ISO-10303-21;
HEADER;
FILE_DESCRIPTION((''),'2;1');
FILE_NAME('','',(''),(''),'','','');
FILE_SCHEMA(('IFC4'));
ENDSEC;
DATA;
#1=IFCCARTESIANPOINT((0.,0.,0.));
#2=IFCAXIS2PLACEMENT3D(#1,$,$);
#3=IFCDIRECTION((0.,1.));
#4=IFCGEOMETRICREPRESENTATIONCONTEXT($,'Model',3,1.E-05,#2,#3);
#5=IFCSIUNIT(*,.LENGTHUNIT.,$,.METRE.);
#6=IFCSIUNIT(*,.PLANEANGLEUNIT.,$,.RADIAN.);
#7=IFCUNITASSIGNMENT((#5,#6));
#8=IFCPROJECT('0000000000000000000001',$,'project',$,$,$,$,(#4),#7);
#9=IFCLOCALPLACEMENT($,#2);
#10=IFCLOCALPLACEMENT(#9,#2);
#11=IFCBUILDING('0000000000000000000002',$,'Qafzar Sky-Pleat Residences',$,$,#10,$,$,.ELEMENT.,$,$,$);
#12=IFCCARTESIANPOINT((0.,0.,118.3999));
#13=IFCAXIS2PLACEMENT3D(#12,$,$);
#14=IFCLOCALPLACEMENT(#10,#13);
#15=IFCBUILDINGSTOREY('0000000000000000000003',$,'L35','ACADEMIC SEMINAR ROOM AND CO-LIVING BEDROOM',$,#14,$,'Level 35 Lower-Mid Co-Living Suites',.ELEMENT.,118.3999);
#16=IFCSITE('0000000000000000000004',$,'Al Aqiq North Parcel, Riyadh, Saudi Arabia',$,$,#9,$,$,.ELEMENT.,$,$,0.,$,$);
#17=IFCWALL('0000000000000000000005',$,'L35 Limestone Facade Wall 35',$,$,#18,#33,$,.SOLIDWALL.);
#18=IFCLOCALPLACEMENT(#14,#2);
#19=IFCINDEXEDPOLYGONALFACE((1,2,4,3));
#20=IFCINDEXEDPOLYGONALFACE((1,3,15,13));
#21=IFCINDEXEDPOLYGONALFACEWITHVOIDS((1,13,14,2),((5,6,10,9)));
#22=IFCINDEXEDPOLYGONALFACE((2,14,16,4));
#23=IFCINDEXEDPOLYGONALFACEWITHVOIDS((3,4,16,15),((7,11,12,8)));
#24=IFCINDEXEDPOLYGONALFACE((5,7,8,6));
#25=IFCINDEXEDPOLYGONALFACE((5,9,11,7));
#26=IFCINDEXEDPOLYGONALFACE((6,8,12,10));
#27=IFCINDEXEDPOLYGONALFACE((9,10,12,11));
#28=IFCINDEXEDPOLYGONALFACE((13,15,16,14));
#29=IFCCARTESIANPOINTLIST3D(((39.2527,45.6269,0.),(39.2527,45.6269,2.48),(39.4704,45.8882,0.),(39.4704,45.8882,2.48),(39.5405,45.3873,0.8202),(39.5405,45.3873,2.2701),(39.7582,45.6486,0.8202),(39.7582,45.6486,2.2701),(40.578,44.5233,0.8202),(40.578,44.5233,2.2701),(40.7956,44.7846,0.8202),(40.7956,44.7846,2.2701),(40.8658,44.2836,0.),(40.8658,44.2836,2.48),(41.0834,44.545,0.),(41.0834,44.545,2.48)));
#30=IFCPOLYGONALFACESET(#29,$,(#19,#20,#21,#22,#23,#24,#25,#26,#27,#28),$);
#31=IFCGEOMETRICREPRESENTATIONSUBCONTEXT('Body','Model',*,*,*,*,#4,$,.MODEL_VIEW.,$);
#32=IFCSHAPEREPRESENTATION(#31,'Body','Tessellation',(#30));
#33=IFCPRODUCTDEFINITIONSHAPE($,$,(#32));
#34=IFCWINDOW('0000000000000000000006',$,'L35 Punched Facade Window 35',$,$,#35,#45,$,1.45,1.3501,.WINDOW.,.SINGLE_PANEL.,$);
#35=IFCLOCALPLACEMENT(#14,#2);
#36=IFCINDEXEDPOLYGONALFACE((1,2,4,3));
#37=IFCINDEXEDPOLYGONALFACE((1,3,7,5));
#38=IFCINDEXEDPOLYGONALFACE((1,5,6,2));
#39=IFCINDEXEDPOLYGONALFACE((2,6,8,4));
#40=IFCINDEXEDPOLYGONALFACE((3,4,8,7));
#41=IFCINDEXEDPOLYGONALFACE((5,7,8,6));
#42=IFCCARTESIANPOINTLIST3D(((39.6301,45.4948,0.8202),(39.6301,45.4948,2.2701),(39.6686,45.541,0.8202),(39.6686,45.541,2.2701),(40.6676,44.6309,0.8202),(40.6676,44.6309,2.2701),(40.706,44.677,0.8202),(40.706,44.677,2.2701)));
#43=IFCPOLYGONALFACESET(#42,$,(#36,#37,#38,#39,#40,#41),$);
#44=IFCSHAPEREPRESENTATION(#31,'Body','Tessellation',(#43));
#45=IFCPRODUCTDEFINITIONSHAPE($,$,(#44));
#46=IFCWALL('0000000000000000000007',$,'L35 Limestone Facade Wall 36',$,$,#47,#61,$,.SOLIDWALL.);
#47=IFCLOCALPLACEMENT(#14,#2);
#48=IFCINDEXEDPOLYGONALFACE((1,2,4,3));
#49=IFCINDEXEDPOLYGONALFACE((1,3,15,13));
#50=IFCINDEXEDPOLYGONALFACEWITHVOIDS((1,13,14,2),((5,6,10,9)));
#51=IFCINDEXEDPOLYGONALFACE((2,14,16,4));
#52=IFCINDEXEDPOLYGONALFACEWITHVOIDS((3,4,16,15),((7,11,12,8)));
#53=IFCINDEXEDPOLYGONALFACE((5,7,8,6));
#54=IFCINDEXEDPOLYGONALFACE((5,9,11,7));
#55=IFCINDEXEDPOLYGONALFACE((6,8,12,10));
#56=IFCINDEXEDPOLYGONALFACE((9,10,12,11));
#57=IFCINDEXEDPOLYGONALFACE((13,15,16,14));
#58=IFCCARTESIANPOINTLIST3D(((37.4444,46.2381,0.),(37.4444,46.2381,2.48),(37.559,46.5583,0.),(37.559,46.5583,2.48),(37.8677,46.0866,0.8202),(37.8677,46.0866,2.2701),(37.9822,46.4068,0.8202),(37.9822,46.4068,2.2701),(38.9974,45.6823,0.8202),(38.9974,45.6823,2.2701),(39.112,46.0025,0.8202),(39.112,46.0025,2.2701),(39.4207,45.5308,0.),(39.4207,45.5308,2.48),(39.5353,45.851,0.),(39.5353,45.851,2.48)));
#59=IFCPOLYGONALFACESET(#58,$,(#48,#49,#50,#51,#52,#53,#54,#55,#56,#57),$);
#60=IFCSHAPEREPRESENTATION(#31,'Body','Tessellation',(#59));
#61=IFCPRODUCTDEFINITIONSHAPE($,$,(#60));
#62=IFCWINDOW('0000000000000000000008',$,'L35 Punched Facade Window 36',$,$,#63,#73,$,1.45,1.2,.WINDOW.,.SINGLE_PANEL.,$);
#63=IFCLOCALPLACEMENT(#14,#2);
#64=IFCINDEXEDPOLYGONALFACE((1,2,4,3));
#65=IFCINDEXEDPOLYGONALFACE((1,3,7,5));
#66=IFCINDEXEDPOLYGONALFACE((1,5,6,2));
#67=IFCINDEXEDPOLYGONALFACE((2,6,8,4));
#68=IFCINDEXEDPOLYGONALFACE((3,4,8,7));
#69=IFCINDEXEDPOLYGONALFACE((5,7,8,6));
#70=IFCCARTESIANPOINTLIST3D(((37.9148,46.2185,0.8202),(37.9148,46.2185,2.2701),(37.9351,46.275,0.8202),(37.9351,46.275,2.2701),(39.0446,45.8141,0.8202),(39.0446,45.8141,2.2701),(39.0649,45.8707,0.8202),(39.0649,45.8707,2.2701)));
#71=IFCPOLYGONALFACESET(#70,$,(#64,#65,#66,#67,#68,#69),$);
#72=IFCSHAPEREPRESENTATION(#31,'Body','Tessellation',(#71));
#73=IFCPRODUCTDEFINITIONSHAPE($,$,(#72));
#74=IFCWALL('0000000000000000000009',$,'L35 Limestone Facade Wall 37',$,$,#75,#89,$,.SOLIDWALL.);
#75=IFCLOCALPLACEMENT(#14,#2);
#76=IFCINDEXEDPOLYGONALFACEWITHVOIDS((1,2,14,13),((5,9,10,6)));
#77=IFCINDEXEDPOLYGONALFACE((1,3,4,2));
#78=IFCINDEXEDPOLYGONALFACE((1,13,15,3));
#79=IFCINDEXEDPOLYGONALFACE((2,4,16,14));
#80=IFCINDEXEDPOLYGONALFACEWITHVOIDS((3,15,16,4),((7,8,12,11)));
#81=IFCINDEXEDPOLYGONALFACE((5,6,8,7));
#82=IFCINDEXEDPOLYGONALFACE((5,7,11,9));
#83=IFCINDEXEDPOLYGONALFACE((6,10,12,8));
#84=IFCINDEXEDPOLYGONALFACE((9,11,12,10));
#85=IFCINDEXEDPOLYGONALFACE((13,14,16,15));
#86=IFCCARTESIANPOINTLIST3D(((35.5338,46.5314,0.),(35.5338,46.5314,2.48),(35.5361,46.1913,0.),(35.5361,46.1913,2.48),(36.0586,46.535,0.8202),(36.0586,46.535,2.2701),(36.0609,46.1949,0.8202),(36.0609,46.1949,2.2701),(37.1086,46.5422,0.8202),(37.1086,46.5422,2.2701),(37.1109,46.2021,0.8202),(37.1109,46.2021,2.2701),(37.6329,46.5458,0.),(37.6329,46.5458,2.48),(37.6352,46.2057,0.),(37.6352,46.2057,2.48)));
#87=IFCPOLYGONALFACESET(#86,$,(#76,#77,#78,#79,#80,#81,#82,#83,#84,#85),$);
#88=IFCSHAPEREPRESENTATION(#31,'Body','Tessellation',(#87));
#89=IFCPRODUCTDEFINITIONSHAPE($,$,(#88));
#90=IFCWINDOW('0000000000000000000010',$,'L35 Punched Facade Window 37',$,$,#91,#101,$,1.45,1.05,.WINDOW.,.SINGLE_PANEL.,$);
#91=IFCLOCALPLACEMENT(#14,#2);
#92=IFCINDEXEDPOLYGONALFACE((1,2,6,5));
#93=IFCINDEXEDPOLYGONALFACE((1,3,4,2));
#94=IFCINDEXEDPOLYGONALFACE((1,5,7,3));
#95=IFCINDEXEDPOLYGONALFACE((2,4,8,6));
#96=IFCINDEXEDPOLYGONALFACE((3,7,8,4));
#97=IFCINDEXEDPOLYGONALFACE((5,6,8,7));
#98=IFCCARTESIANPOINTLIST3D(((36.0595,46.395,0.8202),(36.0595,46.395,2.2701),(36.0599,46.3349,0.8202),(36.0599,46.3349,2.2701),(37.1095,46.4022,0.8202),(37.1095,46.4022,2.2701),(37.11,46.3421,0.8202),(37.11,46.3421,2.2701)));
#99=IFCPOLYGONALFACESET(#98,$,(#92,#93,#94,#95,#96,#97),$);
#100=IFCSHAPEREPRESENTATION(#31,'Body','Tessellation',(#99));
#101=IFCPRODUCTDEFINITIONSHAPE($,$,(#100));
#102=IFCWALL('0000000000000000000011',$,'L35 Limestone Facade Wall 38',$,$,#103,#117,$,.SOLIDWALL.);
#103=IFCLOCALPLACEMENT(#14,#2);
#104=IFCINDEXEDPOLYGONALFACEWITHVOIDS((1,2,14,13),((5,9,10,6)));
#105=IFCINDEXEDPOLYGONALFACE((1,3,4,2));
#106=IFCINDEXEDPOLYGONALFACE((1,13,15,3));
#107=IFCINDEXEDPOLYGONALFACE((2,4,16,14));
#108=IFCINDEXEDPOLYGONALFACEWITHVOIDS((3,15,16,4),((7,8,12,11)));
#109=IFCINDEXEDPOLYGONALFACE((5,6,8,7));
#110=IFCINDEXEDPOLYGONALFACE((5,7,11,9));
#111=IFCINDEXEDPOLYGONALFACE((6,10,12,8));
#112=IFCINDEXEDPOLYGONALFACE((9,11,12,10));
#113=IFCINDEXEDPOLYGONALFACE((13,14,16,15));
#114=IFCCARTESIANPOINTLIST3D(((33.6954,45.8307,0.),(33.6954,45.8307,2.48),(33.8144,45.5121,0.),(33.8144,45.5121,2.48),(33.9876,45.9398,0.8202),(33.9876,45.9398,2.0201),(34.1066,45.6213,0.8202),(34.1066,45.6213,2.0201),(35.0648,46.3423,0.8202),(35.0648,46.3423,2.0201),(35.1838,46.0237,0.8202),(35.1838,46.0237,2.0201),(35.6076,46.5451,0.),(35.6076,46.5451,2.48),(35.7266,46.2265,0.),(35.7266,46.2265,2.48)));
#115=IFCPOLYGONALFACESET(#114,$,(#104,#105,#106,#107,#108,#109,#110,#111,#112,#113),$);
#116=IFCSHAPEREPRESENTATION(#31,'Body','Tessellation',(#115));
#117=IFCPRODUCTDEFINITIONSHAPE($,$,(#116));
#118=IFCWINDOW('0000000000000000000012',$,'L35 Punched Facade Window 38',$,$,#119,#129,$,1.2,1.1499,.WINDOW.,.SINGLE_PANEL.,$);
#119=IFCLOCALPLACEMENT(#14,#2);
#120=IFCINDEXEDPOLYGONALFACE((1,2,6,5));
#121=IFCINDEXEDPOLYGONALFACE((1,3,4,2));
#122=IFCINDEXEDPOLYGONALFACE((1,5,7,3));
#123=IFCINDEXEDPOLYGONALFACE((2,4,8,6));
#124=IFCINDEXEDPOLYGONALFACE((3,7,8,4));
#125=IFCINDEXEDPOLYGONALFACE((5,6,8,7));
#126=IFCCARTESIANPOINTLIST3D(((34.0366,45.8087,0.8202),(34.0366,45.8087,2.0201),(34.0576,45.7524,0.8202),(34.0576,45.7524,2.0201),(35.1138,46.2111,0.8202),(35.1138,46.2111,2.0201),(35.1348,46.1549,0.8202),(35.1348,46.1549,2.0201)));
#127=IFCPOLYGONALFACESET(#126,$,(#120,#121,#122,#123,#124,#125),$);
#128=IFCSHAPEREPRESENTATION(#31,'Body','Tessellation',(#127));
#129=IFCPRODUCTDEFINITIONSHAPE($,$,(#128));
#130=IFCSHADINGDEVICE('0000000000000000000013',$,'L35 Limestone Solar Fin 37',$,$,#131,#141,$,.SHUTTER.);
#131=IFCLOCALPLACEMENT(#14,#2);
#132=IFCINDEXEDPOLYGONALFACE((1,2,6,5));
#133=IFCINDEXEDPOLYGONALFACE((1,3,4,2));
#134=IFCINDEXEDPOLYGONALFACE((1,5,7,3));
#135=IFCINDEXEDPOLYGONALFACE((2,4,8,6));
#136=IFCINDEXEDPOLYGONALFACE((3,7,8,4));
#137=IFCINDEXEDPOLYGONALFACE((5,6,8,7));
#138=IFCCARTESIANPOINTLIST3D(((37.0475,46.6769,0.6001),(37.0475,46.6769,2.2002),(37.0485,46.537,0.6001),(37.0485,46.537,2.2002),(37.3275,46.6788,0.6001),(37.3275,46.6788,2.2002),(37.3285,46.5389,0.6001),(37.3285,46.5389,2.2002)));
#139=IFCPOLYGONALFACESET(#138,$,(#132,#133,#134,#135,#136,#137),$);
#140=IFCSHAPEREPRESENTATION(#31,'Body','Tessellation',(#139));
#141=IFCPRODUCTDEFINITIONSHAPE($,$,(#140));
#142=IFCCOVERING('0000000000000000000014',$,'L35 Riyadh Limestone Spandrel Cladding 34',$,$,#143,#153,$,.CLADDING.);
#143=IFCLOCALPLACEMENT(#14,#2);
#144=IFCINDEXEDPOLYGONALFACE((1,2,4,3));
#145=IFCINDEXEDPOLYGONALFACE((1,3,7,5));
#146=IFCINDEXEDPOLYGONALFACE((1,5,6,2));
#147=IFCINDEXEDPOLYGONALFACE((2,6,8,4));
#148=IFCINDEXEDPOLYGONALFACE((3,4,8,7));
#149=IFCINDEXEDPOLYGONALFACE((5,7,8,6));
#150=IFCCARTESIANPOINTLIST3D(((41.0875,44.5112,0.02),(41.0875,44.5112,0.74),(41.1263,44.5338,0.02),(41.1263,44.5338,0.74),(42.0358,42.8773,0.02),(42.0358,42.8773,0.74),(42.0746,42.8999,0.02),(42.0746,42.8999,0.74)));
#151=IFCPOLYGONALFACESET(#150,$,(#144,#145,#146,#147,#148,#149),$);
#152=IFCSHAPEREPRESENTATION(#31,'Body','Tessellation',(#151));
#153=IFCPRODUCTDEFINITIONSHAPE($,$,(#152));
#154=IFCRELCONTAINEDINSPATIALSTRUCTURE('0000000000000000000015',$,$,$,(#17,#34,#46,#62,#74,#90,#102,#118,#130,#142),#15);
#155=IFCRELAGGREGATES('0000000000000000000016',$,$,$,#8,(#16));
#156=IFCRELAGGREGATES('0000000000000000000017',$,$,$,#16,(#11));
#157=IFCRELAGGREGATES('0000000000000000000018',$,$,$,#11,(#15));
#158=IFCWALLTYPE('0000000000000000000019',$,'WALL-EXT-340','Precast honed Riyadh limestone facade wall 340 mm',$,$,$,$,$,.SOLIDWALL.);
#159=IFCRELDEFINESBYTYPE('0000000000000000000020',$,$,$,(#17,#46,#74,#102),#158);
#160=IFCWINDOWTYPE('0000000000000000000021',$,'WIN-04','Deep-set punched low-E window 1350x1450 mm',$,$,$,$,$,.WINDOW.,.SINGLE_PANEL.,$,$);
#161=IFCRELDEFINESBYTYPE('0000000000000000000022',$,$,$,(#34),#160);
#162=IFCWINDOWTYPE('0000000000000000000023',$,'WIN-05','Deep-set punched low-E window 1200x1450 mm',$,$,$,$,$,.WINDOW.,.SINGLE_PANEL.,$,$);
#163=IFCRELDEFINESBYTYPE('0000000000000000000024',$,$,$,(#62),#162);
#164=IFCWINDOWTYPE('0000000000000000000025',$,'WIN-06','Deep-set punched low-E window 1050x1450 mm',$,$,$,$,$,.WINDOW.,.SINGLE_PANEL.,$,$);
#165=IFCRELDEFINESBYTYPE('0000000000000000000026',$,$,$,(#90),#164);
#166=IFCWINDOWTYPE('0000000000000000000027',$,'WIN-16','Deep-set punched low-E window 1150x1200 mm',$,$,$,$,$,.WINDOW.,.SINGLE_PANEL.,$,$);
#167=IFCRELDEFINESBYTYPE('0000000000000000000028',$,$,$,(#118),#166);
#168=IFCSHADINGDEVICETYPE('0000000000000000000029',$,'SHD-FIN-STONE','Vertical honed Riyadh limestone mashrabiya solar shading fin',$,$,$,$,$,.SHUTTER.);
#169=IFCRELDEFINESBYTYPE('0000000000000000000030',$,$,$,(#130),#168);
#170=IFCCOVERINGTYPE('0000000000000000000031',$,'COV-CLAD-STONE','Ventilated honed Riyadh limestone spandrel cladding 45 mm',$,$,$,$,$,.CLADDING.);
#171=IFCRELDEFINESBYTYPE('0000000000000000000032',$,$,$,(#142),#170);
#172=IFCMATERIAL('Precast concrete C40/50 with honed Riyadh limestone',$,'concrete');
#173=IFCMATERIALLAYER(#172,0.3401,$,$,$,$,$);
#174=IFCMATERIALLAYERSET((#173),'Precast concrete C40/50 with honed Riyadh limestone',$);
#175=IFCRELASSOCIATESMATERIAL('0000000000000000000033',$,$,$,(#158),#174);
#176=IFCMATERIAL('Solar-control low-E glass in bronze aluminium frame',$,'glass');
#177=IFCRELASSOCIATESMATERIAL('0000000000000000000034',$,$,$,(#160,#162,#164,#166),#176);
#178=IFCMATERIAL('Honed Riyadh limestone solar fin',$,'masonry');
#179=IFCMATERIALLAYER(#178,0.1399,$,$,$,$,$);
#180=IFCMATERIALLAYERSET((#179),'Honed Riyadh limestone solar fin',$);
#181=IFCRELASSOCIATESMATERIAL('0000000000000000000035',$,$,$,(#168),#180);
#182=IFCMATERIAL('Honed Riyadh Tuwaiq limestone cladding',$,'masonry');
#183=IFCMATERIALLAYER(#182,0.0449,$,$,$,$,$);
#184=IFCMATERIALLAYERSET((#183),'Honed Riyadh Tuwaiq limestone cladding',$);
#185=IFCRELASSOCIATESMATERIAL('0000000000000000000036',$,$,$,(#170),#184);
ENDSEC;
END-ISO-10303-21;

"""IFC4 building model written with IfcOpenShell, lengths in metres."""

from ifc_helpers import new_model, si_unit, direction, frame, frame_2d, origin, origin_2d, place, context, subcontext, project, spatial, rectangle, extrude, source, transform, mapped, material, layer, layer_set, type_object, element, fill, save


model = new_model("IFC4")

# Units and contexts
model_context = context("Model", 3, precision=1e-05, world=origin(), true_north=direction((0.0, 1.0)))
body_context = subcontext(model_context, "Body", "Model", "MODEL_VIEW")
ifc_project = project(units=[si_unit("LENGTHUNIT", "METRE"), si_unit("PLANEANGLEUNIT", "RADIAN")], contexts=[model_context])

# Site, building, storey
site_placement = place(None, origin())
site = spatial("IfcSite", under=ifc_project, at=site_placement, Name="Al Aqiq North Parcel, Riyadh, Saudi Arabia", CompositionType="ELEMENT", RefElevation=0.0)
building_placement = place(site_placement, origin())
building = spatial("IfcBuilding", under=site, at=building_placement, Name="Qafzar Sky-Pleat Residences", CompositionType="ELEMENT")
storey_placement = place(building_placement, frame((0.0, 0.0, 118.3999)))
storey = spatial("IfcBuildingStorey", under=building, at=storey_placement, Name="L35", Description="ACADEMIC SEMINAR ROOM AND CO-LIVING BEDROOM", LongName="Level 35 Lower-Mid Co-Living Suites", CompositionType="ELEMENT", Elevation=118.3999)

# Shared definitions
ifc_material_1 = material(Name="Precast concrete C40/50 with honed Riyadh limestone", Category="concrete")
ifc_layer_1 = layer(ifc_material_1, 0.3401)
ifc_layer_set_1 = layer_set([ifc_layer_1], Name="Precast concrete C40/50 with honed Riyadh limestone")
wall_type_1 = type_object("IfcWallType", Name="WALL-EXT-340", Description="Precast honed Riyadh limestone facade wall 340 mm", PredefinedType="SOLIDWALL", material=ifc_layer_set_1)
ifc_material_2 = material(Name="Solar-control low-E glass in bronze aluminium frame", Category="glass")

# Walls, openings, windows
wall_1_placement = place(storey_placement, frame((40.9746, 44.4143, 0.0), z_axis=(0.0, 0.0, 1.0), x_axis=(-0.768441, 0.639921, 0.0)))
wall_1 = element("IfcWall", 1, at=wall_1_placement, inside=storey, type_object=wall_type_1, Name="L35 Limestone Facade Wall 35", PredefinedType="SOLIDWALL", context=body_context, shape_type="SweptSolid", body=[
    extrude(rectangle(XDim=2.0991, YDim=0.3401, at=frame_2d((1.0496, 0.0))), origin(), (0.0, 0.0, 1.0), 2.48),
])
opening_1_placement = place(wall_1_placement, frame((0.3745, 0.0, 0.8201)))
opening_1 = element("IfcOpeningElement", 2, at=opening_1_placement, cuts=wall_1, PredefinedType="OPENING", context=body_context, shape_type="SweptSolid", body=[
    extrude(rectangle(XDim=1.3501, YDim=1.45, at=frame_2d((0.675, 0.7251))), frame((0.0, 0.1802, 0.0), z_axis=(0.0, -1.0, 0.0), x_axis=(1.0, 0.0, 0.0)), (0.0, 0.0, 1.0), 0.3601),
])
window_type_1 = type_object("IfcWindowType", Name="WIN-04", Description="Deep-set punched low-E window 1350x1450 mm", PartitioningType="SINGLE_PANEL", PredefinedType="WINDOW", material=ifc_material_2)
shared_shape_1 = source(origin(), body_context, "Body", "SweptSolid", [
    extrude(rectangle(XDim=1.3501, YDim=1.45, at=frame_2d((0.675, 0.7251))), frame((0.0, 0.03, 0.0), z_axis=(0.0, -1.0, 0.0), x_axis=(1.0, 0.0, 0.0)), (0.0, 0.0, 1.0), 0.0601),
])
window_1_placement = place(opening_1_placement, origin())
window_1 = element("IfcWindow", 3, at=window_1_placement, inside=storey, type_object=window_type_1, Name="L35 Punched Facade Window 35", OverallHeight=1.45, OverallWidth=1.3501, PartitioningType="SINGLE_PANEL", PredefinedType="WINDOW", context=body_context, shape_type="MappedRepresentation", body=[
    mapped(shared_shape_1, transform((0.0, 0.0, 0.0), x_axis=(1.0, 0.0, 0.0), y_axis=(0.0, 1.0, 0.0), z_axis=(0.0, 0.0, 1.0), scale=1.0)),
])
fill(opening_1, window_1)
wall_2_placement = place(storey_placement, frame((39.478, 45.6909, 0.0), z_axis=(0.0, 0.0, 1.0), x_axis=(-0.941523, 0.336948, 0.0)))
wall_2 = element("IfcWall", 4, at=wall_2_placement, inside=storey, type_object=wall_type_1, Name="L35 Limestone Facade Wall 36", PredefinedType="SOLIDWALL", context=body_context, shape_type="SweptSolid", body=[
    extrude(rectangle(XDim=2.0991, YDim=0.3401, at=frame_2d((1.0496, 0.0))), origin(), (0.0, 0.0, 1.0), 2.48),
])
opening_2_placement = place(wall_2_placement, frame((0.4495, 0.0, 0.8201)))
opening_2 = element("IfcOpeningElement", 5, at=opening_2_placement, cuts=wall_2, PredefinedType="OPENING", context=body_context, shape_type="SweptSolid", body=[
    extrude(rectangle(XDim=1.2, YDim=1.45, at=frame_2d((0.6001, 0.7251))), frame((0.0, 0.1802, 0.0), z_axis=(0.0, -1.0, 0.0), x_axis=(1.0, 0.0, 0.0)), (0.0, 0.0, 1.0), 0.3601),
])
window_type_2 = type_object("IfcWindowType", Name="WIN-05", Description="Deep-set punched low-E window 1200x1450 mm", PartitioningType="SINGLE_PANEL", PredefinedType="WINDOW", material=ifc_material_2)
shared_shape_2 = source(origin(), body_context, "Body", "SweptSolid", [
    extrude(rectangle(XDim=1.2, YDim=1.45, at=frame_2d((0.6001, 0.7251))), frame((0.0, 0.03, 0.0), z_axis=(0.0, -1.0, 0.0), x_axis=(1.0, 0.0, 0.0)), (0.0, 0.0, 1.0), 0.0601),
])
window_2_placement = place(opening_2_placement, origin())
window_2 = element("IfcWindow", 6, at=window_2_placement, inside=storey, type_object=window_type_2, Name="L35 Punched Facade Window 36", OverallHeight=1.45, OverallWidth=1.2, PartitioningType="SINGLE_PANEL", PredefinedType="WINDOW", context=body_context, shape_type="MappedRepresentation", body=[
    mapped(shared_shape_2, transform((0.0, 0.0, 0.0), x_axis=(1.0, 0.0, 0.0), y_axis=(0.0, 1.0, 0.0), z_axis=(0.0, 0.0, 1.0), scale=1.0)),
])
fill(opening_2, window_2)
wall_3_placement = place(storey_placement, frame((37.634, 46.3757, 0.0), z_axis=(0.0, 0.0, 1.0), x_axis=(-0.999976, -0.006862, 0.0)))
wall_3 = element("IfcWall", 7, at=wall_3_placement, inside=storey, type_object=wall_type_1, Name="L35 Limestone Facade Wall 37", PredefinedType="SOLIDWALL", context=body_context, shape_type="SweptSolid", body=[
    extrude(rectangle(XDim=2.0991, YDim=0.3401, at=frame_2d((1.0496, 0.0))), origin(), (0.0, 0.0, 1.0), 2.48),
])
opening_3_placement = place(wall_3_placement, frame((0.5244, 0.0, 0.8201)))
opening_3 = element("IfcOpeningElement", 8, at=opening_3_placement, cuts=wall_3, PredefinedType="OPENING", context=body_context, shape_type="SweptSolid", body=[
    extrude(rectangle(XDim=1.05, YDim=1.45, at=frame_2d((0.5249, 0.7251))), frame((0.0, 0.1802, 0.0), z_axis=(0.0, -1.0, 0.0), x_axis=(1.0, 0.0, 0.0)), (0.0, 0.0, 1.0), 0.3601),
])
window_type_3 = type_object("IfcWindowType", Name="WIN-06", Description="Deep-set punched low-E window 1050x1450 mm", PartitioningType="SINGLE_PANEL", PredefinedType="WINDOW", material=ifc_material_2)
shared_shape_3 = source(origin(), body_context, "Body", "SweptSolid", [
    extrude(rectangle(XDim=1.05, YDim=1.45, at=frame_2d((0.5249, 0.7251))), frame((0.0, 0.03, 0.0), z_axis=(0.0, -1.0, 0.0), x_axis=(1.0, 0.0, 0.0)), (0.0, 0.0, 1.0), 0.0601),
])
window_3_placement = place(opening_3_placement, origin())
window_3 = element("IfcWindow", 9, at=window_3_placement, inside=storey, type_object=window_type_3, Name="L35 Punched Facade Window 37", OverallHeight=1.45, OverallWidth=1.05, PartitioningType="SINGLE_PANEL", PredefinedType="WINDOW", context=body_context, shape_type="MappedRepresentation", body=[
    mapped(shared_shape_3, transform((0.0, 0.0, 0.0), x_axis=(1.0, 0.0, 0.0), y_axis=(0.0, 1.0, 0.0), z_axis=(0.0, 0.0, 1.0), scale=1.0)),
])
fill(opening_3, window_3)
wall_4_placement = place(storey_placement, frame((35.667, 46.3857, 0.0), z_axis=(0.0, 0.0, 1.0), x_axis=(-0.936761, -0.34997, 0.0)))
wall_4 = element("IfcWall", 10, at=wall_4_placement, inside=storey, type_object=wall_type_1, Name="L35 Limestone Facade Wall 38", PredefinedType="SOLIDWALL", context=body_context, shape_type="SweptSolid", body=[
    extrude(rectangle(XDim=2.0413, YDim=0.3401, at=frame_2d((1.0205, 0.0))), origin(), (0.0, 0.0, 1.0), 2.48),
])
opening_4_placement = place(wall_4_placement, frame((0.5793, 0.0, 0.8201)))
opening_4 = element("IfcOpeningElement", 11, at=opening_4_placement, cuts=wall_4, PredefinedType="OPENING", context=body_context, shape_type="SweptSolid", body=[
    extrude(rectangle(XDim=1.1499, YDim=1.2, at=frame_2d((0.575, 0.6001))), frame((0.0, 0.1802, 0.0), z_axis=(0.0, -1.0, 0.0), x_axis=(1.0, 0.0, 0.0)), (0.0, 0.0, 1.0), 0.3601),
])
window_type_4 = type_object("IfcWindowType", Name="WIN-16", Description="Deep-set punched low-E window 1150x1200 mm", PartitioningType="SINGLE_PANEL", PredefinedType="WINDOW", material=ifc_material_2)
shared_shape_4 = source(origin(), body_context, "Body", "SweptSolid", [
    extrude(rectangle(XDim=1.1499, YDim=1.2, at=frame_2d((0.575, 0.6001))), frame((0.0, 0.03, 0.0), z_axis=(0.0, -1.0, 0.0), x_axis=(1.0, 0.0, 0.0)), (0.0, 0.0, 1.0), 0.0601),
])
window_4_placement = place(opening_4_placement, origin())
window_4 = element("IfcWindow", 12, at=window_4_placement, inside=storey, type_object=window_type_4, Name="L35 Punched Facade Window 38", OverallHeight=1.2, OverallWidth=1.1499, PartitioningType="SINGLE_PANEL", PredefinedType="WINDOW", context=body_context, shape_type="MappedRepresentation", body=[
    mapped(shared_shape_4, transform((0.0, 0.0, 0.0), x_axis=(1.0, 0.0, 0.0), y_axis=(0.0, 1.0, 0.0), z_axis=(0.0, 0.0, 1.0), scale=1.0)),
])
fill(opening_4, window_4)

# Shading device
ifc_material_3 = material(Name="Honed Riyadh limestone solar fin", Category="masonry")
ifc_layer_2 = layer(ifc_material_3, 0.1399)
ifc_layer_set_2 = layer_set([ifc_layer_2], Name="Honed Riyadh limestone solar fin")
shading_device_type = type_object("IfcShadingDeviceType", Name="SHD-FIN-STONE", Description="Vertical honed Riyadh limestone mashrabiya solar shading fin", PredefinedType="SHUTTER", material=ifc_layer_set_2)
shared_shape_5 = source(origin(), body_context, "Body", "SweptSolid", [
    extrude(rectangle(XDim=0.1399, YDim=0.28, at=origin_2d()), origin(), (0.0, 0.0, 1.0), 1.6001),
])
shading_device_placement = place(storey_placement, frame((37.188, 46.6079, 0.6001), z_axis=(0.0, 0.0, 1.0), x_axis=(-0.006821, 0.999977, 0.0)))
element("IfcShadingDevice", 13, at=shading_device_placement, inside=storey, type_object=shading_device_type, Name="L35 Limestone Solar Fin 37", PredefinedType="SHUTTER", context=body_context, shape_type="MappedRepresentation", body=[
    mapped(shared_shape_5, transform((0.0, 0.0, 0.0), x_axis=(1.0, 0.0, 0.0), y_axis=(0.0, 1.0, 0.0), z_axis=(0.0, 0.0, 1.0), scale=1.0)),
])

# Covering
ifc_material_4 = material(Name="Honed Riyadh Tuwaiq limestone cladding", Category="masonry")
ifc_layer_3 = layer(ifc_material_4, 0.0449)
ifc_layer_set_3 = layer_set([ifc_layer_3], Name="Honed Riyadh Tuwaiq limestone cladding")
covering_type = type_object("IfcCoveringType", Name="COV-CLAD-STONE", Description="Ventilated honed Riyadh limestone spandrel cladding 45 mm", PredefinedType="CLADDING", material=ifc_layer_set_3)
shared_shape_6 = source(origin(), body_context, "Body", "SweptSolid", [
    extrude(rectangle(XDim=1.8892, YDim=0.0449, at=origin_2d()), origin(), (0.0, 0.0, 1.0), 0.72),
])
for number, where, z_axis, x_axis, name in (
    (14, (41.5811, 43.7056, 0.02), (0.0, 0.0, 1.0), (-0.501977, 0.864881, 0.0), "L35 Riyadh Limestone Spandrel Cladding 34"),
):
    element("IfcCovering", number, at=place(storey_placement, frame(where, z_axis=z_axis, x_axis=x_axis)), inside=storey, type_object=covering_type, Name=name, PredefinedType="CLADDING", context=body_context, shape_type="MappedRepresentation", body=[
        mapped(shared_shape_6, transform((0.0, 0.0, 0.0), x_axis=(1.0, 0.0, 0.0), y_axis=(0.0, 1.0, 0.0), z_axis=(0.0, 0.0, 1.0), scale=1.0)),
    ])

save(model, "model.ifc")
